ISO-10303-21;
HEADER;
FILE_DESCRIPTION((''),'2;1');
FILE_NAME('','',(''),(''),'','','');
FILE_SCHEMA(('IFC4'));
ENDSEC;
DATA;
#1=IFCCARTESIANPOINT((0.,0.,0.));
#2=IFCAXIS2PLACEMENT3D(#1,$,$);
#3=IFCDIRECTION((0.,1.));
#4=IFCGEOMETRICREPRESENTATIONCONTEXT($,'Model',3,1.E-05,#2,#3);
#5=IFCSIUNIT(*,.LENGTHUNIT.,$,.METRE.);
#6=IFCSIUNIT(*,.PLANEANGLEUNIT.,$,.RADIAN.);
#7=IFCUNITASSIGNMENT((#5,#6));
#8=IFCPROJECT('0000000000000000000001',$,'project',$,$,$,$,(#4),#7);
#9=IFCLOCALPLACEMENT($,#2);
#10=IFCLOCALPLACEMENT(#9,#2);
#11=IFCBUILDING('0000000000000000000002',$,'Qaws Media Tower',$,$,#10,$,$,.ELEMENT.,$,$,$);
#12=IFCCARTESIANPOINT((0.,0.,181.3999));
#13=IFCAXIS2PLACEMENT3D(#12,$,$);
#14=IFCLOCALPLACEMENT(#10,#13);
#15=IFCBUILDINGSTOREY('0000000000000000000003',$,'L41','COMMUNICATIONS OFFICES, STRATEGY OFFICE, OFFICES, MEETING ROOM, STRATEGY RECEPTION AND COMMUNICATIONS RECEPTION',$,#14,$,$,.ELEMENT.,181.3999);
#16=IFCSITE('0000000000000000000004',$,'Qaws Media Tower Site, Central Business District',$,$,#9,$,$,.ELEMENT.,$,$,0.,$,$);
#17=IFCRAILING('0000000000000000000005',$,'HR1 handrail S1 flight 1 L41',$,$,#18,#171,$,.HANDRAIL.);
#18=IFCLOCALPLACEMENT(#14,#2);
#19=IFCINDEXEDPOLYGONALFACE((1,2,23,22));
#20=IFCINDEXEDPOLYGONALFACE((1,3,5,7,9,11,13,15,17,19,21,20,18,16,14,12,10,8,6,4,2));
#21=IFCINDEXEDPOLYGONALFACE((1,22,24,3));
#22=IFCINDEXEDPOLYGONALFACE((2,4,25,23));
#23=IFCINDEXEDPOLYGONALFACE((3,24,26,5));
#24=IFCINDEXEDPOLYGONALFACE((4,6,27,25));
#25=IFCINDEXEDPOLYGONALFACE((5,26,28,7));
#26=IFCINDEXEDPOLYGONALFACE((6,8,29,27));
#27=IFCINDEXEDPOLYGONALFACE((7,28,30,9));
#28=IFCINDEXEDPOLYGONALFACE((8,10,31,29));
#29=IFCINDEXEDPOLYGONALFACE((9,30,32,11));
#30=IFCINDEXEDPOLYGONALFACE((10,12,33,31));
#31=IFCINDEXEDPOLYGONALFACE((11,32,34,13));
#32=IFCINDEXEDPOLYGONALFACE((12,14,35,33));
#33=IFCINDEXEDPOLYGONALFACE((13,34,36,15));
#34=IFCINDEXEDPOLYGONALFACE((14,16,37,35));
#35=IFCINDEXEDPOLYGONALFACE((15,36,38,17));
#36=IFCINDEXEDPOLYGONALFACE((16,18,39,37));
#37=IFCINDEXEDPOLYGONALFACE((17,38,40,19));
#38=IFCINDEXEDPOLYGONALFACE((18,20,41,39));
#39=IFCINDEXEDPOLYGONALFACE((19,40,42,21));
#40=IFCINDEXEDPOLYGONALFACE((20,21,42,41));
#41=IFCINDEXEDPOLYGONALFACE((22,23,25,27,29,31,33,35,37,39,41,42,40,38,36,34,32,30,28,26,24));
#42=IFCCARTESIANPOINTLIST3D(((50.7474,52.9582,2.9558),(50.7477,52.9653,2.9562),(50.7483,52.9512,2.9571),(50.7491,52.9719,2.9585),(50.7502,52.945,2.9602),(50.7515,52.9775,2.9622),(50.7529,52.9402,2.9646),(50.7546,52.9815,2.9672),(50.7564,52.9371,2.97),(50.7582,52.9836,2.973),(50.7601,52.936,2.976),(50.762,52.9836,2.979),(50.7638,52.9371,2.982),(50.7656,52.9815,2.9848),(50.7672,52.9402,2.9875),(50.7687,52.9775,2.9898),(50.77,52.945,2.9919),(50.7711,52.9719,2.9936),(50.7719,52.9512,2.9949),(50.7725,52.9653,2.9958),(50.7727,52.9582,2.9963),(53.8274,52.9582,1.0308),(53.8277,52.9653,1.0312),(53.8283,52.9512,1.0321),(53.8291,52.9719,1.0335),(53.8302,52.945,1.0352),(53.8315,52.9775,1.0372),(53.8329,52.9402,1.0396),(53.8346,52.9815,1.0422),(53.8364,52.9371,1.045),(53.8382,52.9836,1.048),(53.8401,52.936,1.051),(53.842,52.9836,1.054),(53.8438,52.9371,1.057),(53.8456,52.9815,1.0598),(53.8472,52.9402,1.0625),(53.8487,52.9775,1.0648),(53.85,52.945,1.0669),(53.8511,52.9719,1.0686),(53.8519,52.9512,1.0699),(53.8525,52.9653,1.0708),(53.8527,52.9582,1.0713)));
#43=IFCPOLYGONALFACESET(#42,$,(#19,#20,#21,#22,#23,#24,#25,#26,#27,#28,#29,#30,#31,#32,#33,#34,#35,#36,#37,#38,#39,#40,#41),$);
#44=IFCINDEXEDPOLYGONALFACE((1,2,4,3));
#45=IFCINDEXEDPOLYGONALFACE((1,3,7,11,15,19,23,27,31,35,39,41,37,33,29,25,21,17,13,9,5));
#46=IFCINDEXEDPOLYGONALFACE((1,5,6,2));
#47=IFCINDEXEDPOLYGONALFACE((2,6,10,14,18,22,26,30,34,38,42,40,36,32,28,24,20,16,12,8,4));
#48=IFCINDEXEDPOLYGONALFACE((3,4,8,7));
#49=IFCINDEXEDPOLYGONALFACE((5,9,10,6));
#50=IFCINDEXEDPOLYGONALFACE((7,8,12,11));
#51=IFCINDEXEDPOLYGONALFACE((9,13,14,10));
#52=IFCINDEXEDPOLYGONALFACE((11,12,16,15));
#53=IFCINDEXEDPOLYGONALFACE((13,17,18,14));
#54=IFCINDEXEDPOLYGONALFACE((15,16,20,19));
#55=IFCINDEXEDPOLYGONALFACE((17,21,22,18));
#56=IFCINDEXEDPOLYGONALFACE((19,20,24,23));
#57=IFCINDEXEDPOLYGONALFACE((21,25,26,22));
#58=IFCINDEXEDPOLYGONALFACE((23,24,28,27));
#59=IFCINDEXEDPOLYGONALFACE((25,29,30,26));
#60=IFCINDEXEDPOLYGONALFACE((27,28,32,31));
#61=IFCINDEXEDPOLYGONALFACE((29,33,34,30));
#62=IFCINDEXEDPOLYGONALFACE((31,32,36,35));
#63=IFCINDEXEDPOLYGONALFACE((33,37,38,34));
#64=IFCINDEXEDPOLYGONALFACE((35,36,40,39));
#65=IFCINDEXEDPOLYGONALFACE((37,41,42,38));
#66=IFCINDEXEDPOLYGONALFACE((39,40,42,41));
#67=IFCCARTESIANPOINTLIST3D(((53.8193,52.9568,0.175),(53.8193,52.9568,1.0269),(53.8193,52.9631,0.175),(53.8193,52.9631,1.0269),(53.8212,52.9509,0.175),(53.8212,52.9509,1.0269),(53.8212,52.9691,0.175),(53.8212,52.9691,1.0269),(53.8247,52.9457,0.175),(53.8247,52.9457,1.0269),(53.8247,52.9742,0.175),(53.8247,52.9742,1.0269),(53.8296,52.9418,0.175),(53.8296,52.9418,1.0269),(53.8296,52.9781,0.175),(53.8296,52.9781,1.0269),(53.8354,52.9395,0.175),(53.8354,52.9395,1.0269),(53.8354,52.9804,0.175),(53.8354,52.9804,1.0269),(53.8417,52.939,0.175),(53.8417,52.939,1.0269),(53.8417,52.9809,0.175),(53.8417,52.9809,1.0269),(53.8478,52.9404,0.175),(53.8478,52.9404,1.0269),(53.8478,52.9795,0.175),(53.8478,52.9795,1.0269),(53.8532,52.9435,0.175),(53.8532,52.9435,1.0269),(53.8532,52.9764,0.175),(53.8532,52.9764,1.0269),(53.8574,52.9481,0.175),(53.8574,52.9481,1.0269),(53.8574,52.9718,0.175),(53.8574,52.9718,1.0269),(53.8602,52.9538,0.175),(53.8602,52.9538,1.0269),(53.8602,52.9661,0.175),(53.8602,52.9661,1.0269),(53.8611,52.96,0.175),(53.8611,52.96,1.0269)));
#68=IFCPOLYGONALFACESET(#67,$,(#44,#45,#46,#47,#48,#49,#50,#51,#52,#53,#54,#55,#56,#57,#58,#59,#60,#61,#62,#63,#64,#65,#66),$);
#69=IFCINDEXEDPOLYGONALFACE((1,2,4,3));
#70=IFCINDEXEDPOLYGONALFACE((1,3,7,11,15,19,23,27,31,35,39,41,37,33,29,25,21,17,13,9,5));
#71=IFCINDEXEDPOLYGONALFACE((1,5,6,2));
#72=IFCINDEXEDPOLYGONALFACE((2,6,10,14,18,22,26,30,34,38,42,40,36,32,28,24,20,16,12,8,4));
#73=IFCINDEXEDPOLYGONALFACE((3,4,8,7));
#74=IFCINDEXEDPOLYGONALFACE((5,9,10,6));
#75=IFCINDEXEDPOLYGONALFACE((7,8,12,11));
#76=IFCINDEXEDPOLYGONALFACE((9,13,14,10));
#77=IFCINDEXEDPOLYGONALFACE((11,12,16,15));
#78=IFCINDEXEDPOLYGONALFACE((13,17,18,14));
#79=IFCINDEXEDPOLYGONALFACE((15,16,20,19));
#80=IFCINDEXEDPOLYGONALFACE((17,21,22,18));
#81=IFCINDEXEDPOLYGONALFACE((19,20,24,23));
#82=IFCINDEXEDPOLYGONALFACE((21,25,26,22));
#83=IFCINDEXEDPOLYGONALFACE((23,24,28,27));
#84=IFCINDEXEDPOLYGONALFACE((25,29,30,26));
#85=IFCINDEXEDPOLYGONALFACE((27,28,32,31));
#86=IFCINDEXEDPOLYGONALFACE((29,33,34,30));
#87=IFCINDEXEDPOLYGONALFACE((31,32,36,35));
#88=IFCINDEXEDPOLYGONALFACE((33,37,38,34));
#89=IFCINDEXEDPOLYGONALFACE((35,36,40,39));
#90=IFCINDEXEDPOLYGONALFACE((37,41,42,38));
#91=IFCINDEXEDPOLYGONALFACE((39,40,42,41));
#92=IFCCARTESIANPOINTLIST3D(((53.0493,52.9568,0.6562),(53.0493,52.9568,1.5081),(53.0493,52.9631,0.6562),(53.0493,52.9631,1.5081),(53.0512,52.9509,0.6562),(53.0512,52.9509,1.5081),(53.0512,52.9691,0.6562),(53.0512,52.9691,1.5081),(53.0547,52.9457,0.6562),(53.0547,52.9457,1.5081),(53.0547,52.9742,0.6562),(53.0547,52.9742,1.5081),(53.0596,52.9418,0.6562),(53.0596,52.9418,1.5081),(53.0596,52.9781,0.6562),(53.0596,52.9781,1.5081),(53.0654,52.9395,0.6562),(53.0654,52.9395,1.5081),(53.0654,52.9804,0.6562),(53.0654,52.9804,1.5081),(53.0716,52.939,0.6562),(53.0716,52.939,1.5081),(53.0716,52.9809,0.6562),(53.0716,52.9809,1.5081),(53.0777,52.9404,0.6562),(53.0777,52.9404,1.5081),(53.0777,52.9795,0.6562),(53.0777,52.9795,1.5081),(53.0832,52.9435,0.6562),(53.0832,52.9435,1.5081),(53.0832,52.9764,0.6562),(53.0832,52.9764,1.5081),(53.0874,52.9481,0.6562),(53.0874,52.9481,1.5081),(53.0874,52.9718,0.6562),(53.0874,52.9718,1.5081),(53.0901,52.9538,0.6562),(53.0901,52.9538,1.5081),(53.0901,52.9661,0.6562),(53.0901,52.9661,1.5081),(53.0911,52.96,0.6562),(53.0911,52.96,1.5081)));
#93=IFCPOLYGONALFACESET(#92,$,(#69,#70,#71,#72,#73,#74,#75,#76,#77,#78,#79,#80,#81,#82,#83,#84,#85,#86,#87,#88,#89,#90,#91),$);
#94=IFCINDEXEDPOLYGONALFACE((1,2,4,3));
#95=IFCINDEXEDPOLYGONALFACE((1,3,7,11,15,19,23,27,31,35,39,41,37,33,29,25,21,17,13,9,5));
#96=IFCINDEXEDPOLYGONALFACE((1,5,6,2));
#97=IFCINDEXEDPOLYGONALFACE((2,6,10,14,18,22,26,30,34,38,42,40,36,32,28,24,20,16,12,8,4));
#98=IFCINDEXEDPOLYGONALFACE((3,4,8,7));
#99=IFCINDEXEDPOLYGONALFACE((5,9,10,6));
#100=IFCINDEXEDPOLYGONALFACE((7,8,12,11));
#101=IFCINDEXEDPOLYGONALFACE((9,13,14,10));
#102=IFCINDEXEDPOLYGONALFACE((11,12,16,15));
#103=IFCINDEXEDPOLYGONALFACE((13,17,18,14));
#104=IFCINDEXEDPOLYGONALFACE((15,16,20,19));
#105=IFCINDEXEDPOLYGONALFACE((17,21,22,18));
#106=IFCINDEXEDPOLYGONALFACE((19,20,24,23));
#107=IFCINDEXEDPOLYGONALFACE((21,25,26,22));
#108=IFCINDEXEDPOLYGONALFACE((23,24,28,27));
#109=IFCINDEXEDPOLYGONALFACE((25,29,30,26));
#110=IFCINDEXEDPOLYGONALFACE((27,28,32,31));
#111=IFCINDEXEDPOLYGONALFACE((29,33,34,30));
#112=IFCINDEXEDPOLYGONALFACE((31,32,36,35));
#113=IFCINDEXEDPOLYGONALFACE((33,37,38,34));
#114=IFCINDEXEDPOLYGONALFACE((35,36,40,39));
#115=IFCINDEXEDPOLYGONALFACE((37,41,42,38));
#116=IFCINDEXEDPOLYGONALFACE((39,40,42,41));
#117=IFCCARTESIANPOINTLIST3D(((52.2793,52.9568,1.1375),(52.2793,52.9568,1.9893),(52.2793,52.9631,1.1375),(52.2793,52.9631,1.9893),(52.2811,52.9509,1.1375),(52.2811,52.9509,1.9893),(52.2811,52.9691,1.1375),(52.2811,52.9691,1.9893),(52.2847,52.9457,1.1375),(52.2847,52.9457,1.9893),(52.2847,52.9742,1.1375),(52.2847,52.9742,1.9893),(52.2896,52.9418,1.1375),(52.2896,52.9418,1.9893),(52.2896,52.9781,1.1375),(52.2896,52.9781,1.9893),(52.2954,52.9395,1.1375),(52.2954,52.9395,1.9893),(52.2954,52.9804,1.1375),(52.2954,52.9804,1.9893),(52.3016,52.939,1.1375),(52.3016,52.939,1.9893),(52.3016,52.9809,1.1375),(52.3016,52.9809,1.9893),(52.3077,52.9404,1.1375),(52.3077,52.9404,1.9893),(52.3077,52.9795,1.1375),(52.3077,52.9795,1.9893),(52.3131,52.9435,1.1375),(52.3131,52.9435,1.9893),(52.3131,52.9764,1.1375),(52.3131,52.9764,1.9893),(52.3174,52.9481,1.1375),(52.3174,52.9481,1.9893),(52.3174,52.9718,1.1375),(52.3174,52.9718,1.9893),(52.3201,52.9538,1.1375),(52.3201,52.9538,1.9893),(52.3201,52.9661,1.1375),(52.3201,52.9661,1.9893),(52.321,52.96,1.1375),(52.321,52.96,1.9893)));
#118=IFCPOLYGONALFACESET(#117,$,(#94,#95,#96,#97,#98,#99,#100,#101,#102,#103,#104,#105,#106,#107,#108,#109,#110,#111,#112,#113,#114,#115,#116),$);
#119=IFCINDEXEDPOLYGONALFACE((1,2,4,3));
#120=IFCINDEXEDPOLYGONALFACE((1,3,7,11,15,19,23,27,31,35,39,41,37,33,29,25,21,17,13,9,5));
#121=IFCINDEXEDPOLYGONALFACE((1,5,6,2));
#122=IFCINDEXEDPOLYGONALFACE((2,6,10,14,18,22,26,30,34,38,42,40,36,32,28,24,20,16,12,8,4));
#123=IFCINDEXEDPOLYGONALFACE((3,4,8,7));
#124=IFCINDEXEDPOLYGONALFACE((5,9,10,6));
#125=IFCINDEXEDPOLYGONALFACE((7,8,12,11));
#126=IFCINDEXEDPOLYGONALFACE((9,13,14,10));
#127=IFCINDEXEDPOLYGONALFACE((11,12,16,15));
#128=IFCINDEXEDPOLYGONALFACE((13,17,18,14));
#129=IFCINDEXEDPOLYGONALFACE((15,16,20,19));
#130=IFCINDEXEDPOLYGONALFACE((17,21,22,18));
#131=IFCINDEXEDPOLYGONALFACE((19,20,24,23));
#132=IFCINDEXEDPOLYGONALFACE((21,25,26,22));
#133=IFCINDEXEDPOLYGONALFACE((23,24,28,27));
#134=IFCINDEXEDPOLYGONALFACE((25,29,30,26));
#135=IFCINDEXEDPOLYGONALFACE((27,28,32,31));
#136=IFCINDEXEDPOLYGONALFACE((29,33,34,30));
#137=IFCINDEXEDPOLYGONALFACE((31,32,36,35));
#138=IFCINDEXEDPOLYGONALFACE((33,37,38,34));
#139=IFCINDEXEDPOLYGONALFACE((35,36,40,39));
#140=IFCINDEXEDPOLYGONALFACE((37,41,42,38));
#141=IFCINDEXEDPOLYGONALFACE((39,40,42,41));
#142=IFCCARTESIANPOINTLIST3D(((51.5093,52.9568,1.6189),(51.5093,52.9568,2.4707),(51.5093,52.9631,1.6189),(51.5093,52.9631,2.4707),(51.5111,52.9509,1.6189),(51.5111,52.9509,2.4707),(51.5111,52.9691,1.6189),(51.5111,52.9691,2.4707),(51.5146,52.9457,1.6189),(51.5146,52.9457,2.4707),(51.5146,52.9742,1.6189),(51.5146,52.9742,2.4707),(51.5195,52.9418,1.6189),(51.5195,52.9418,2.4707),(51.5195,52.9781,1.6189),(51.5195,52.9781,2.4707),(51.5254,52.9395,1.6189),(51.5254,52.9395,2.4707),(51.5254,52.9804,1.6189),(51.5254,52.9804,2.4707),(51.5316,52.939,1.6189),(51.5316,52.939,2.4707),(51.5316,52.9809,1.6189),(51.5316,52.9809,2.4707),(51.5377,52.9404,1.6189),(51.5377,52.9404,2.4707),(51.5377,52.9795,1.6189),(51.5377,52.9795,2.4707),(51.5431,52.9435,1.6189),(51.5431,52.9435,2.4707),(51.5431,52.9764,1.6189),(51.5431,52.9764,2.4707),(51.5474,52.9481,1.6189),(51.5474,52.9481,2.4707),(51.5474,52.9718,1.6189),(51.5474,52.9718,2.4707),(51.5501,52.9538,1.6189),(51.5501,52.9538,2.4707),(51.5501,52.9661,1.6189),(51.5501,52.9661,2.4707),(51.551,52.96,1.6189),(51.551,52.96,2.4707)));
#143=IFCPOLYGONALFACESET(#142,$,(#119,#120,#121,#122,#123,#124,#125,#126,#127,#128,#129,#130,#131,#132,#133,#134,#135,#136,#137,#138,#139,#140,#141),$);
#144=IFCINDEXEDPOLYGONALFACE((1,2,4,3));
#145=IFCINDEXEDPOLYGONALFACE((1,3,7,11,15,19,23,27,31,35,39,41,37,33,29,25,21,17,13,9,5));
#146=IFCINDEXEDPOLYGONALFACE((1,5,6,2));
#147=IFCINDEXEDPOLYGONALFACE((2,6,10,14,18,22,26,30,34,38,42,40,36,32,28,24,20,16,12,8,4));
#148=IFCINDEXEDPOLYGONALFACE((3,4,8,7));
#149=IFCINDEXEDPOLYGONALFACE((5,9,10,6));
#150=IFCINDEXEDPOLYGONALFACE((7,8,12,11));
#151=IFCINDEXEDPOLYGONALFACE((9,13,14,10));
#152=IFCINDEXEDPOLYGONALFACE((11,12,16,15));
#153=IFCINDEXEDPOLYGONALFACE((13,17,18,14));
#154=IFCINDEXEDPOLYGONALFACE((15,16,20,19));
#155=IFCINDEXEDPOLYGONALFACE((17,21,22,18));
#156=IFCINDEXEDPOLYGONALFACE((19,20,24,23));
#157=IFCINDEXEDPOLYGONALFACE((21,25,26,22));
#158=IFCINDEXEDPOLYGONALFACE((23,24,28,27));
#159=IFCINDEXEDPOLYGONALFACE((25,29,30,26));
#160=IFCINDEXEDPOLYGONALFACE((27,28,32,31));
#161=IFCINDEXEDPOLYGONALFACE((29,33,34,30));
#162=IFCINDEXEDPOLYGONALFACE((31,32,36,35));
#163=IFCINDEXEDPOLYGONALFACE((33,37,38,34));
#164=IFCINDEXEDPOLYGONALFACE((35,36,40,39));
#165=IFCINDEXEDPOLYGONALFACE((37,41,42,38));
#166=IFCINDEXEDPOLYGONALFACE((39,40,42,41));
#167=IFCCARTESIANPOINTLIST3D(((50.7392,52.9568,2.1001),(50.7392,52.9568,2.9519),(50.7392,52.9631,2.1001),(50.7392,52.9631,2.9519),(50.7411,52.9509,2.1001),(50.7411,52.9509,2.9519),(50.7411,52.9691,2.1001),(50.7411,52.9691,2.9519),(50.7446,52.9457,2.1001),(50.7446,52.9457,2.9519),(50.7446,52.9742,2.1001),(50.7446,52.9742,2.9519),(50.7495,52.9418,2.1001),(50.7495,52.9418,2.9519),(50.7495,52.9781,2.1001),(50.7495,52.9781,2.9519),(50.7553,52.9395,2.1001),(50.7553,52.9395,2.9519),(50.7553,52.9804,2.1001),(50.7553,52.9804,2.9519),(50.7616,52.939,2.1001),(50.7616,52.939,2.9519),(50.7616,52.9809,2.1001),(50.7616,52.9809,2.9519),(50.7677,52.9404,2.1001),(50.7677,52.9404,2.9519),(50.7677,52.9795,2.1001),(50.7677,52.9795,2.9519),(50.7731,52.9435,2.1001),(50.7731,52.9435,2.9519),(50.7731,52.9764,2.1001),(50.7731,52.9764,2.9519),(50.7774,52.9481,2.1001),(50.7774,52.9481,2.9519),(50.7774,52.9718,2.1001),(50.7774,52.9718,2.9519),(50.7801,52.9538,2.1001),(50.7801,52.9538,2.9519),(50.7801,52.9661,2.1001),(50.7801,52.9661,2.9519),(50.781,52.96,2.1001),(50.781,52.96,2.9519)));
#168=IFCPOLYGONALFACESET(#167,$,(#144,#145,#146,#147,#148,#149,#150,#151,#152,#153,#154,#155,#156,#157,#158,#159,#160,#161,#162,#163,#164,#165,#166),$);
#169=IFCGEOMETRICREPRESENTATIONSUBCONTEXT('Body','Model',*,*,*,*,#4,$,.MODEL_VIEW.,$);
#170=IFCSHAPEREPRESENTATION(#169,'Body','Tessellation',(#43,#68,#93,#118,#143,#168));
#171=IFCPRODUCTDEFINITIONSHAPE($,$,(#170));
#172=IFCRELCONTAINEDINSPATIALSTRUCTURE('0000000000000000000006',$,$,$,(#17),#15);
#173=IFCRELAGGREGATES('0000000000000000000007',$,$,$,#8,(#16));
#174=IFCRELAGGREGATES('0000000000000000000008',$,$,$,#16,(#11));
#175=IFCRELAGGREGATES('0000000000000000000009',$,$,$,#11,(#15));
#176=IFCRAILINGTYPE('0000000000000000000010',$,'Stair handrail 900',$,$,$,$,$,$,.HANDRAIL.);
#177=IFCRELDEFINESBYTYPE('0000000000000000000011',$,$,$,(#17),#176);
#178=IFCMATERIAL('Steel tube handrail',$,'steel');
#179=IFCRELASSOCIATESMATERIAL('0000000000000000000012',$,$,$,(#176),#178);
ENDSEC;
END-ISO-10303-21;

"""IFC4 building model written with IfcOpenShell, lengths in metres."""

from ifc_helpers import new_model, si_unit, direction, frame, origin, origin_2d, place, context, subcontext, project, spatial, circle, extrude, material, type_object, element, save


model = new_model("IFC4")

# Units and contexts
model_context = context("Model", 3, precision=1e-05, world=origin(), true_north=direction((0.0, 1.0)))
body_context = subcontext(model_context, "Body", "Model", "MODEL_VIEW")
ifc_project = project(units=[si_unit("LENGTHUNIT", "METRE"), si_unit("PLANEANGLEUNIT", "RADIAN")], contexts=[model_context])

# Site, building, storey
site_placement = place(None, origin())
site = spatial("IfcSite", under=ifc_project, at=site_placement, Name="Qaws Media Tower Site, Central Business District", CompositionType="ELEMENT", RefElevation=0.0)
building_placement = place(site_placement, origin())
building = spatial("IfcBuilding", under=site, at=building_placement, Name="Qaws Media Tower", CompositionType="ELEMENT")
storey_placement = place(building_placement, frame((0.0, 0.0, 181.3999)))
storey = spatial("IfcBuildingStorey", under=building, at=storey_placement, Name="L41", Description="COMMUNICATIONS OFFICES, STRATEGY OFFICE, OFFICES, MEETING ROOM, STRATEGY RECEPTION AND COMMUNICATIONS RECEPTION", CompositionType="ELEMENT", Elevation=181.3999)

# Railing
ifc_material_1 = material(Name="Steel tube handrail", Category="steel")
railing_type = type_object("IfcRailingType", Name="Stair handrail 900", PredefinedType="HANDRAIL", material=ifc_material_1)
for number, where, name in (
    (1, (53.8401, 52.96, 0.175), "HR1 handrail S1 flight 1 L41"),
):
    element("IfcRailing", number, at=place(storey_placement, frame(where)), inside=storey, type_object=railing_type, Name=name, PredefinedType="HANDRAIL", context=body_context, shape_type="SweptSolid", body=[
        extrude(circle(Radius=0.0239, at=origin_2d()), frame((0.0, 0.0, 0.876), z_axis=(-0.847998, 0.0, 0.529999), x_axis=(0.0, -1.0, 0.0)), (0.0, 0.0, 1.0), 3.6321),
        extrude(circle(Radius=0.021, at=origin_2d()), origin(), (0.0, 0.0, 1.0), 0.8518),
        extrude(circle(Radius=0.021, at=origin_2d()), frame((-0.77, 0.0, 0.4812)), (0.0, 0.0, 1.0), 0.8518),
        extrude(circle(Radius=0.021, at=origin_2d()), frame((-1.54, 0.0, 0.9624)), (0.0, 0.0, 1.0), 0.8518),
        extrude(circle(Radius=0.021, at=origin_2d()), frame((-2.3101, 0.0, 1.4438)), (0.0, 0.0, 1.0), 0.8518),
        extrude(circle(Radius=0.021, at=origin_2d()), frame((-3.0801, 0.0, 1.925)), (0.0, 0.0, 1.0), 0.8518),
    ])

save(model, "model.ifc")
